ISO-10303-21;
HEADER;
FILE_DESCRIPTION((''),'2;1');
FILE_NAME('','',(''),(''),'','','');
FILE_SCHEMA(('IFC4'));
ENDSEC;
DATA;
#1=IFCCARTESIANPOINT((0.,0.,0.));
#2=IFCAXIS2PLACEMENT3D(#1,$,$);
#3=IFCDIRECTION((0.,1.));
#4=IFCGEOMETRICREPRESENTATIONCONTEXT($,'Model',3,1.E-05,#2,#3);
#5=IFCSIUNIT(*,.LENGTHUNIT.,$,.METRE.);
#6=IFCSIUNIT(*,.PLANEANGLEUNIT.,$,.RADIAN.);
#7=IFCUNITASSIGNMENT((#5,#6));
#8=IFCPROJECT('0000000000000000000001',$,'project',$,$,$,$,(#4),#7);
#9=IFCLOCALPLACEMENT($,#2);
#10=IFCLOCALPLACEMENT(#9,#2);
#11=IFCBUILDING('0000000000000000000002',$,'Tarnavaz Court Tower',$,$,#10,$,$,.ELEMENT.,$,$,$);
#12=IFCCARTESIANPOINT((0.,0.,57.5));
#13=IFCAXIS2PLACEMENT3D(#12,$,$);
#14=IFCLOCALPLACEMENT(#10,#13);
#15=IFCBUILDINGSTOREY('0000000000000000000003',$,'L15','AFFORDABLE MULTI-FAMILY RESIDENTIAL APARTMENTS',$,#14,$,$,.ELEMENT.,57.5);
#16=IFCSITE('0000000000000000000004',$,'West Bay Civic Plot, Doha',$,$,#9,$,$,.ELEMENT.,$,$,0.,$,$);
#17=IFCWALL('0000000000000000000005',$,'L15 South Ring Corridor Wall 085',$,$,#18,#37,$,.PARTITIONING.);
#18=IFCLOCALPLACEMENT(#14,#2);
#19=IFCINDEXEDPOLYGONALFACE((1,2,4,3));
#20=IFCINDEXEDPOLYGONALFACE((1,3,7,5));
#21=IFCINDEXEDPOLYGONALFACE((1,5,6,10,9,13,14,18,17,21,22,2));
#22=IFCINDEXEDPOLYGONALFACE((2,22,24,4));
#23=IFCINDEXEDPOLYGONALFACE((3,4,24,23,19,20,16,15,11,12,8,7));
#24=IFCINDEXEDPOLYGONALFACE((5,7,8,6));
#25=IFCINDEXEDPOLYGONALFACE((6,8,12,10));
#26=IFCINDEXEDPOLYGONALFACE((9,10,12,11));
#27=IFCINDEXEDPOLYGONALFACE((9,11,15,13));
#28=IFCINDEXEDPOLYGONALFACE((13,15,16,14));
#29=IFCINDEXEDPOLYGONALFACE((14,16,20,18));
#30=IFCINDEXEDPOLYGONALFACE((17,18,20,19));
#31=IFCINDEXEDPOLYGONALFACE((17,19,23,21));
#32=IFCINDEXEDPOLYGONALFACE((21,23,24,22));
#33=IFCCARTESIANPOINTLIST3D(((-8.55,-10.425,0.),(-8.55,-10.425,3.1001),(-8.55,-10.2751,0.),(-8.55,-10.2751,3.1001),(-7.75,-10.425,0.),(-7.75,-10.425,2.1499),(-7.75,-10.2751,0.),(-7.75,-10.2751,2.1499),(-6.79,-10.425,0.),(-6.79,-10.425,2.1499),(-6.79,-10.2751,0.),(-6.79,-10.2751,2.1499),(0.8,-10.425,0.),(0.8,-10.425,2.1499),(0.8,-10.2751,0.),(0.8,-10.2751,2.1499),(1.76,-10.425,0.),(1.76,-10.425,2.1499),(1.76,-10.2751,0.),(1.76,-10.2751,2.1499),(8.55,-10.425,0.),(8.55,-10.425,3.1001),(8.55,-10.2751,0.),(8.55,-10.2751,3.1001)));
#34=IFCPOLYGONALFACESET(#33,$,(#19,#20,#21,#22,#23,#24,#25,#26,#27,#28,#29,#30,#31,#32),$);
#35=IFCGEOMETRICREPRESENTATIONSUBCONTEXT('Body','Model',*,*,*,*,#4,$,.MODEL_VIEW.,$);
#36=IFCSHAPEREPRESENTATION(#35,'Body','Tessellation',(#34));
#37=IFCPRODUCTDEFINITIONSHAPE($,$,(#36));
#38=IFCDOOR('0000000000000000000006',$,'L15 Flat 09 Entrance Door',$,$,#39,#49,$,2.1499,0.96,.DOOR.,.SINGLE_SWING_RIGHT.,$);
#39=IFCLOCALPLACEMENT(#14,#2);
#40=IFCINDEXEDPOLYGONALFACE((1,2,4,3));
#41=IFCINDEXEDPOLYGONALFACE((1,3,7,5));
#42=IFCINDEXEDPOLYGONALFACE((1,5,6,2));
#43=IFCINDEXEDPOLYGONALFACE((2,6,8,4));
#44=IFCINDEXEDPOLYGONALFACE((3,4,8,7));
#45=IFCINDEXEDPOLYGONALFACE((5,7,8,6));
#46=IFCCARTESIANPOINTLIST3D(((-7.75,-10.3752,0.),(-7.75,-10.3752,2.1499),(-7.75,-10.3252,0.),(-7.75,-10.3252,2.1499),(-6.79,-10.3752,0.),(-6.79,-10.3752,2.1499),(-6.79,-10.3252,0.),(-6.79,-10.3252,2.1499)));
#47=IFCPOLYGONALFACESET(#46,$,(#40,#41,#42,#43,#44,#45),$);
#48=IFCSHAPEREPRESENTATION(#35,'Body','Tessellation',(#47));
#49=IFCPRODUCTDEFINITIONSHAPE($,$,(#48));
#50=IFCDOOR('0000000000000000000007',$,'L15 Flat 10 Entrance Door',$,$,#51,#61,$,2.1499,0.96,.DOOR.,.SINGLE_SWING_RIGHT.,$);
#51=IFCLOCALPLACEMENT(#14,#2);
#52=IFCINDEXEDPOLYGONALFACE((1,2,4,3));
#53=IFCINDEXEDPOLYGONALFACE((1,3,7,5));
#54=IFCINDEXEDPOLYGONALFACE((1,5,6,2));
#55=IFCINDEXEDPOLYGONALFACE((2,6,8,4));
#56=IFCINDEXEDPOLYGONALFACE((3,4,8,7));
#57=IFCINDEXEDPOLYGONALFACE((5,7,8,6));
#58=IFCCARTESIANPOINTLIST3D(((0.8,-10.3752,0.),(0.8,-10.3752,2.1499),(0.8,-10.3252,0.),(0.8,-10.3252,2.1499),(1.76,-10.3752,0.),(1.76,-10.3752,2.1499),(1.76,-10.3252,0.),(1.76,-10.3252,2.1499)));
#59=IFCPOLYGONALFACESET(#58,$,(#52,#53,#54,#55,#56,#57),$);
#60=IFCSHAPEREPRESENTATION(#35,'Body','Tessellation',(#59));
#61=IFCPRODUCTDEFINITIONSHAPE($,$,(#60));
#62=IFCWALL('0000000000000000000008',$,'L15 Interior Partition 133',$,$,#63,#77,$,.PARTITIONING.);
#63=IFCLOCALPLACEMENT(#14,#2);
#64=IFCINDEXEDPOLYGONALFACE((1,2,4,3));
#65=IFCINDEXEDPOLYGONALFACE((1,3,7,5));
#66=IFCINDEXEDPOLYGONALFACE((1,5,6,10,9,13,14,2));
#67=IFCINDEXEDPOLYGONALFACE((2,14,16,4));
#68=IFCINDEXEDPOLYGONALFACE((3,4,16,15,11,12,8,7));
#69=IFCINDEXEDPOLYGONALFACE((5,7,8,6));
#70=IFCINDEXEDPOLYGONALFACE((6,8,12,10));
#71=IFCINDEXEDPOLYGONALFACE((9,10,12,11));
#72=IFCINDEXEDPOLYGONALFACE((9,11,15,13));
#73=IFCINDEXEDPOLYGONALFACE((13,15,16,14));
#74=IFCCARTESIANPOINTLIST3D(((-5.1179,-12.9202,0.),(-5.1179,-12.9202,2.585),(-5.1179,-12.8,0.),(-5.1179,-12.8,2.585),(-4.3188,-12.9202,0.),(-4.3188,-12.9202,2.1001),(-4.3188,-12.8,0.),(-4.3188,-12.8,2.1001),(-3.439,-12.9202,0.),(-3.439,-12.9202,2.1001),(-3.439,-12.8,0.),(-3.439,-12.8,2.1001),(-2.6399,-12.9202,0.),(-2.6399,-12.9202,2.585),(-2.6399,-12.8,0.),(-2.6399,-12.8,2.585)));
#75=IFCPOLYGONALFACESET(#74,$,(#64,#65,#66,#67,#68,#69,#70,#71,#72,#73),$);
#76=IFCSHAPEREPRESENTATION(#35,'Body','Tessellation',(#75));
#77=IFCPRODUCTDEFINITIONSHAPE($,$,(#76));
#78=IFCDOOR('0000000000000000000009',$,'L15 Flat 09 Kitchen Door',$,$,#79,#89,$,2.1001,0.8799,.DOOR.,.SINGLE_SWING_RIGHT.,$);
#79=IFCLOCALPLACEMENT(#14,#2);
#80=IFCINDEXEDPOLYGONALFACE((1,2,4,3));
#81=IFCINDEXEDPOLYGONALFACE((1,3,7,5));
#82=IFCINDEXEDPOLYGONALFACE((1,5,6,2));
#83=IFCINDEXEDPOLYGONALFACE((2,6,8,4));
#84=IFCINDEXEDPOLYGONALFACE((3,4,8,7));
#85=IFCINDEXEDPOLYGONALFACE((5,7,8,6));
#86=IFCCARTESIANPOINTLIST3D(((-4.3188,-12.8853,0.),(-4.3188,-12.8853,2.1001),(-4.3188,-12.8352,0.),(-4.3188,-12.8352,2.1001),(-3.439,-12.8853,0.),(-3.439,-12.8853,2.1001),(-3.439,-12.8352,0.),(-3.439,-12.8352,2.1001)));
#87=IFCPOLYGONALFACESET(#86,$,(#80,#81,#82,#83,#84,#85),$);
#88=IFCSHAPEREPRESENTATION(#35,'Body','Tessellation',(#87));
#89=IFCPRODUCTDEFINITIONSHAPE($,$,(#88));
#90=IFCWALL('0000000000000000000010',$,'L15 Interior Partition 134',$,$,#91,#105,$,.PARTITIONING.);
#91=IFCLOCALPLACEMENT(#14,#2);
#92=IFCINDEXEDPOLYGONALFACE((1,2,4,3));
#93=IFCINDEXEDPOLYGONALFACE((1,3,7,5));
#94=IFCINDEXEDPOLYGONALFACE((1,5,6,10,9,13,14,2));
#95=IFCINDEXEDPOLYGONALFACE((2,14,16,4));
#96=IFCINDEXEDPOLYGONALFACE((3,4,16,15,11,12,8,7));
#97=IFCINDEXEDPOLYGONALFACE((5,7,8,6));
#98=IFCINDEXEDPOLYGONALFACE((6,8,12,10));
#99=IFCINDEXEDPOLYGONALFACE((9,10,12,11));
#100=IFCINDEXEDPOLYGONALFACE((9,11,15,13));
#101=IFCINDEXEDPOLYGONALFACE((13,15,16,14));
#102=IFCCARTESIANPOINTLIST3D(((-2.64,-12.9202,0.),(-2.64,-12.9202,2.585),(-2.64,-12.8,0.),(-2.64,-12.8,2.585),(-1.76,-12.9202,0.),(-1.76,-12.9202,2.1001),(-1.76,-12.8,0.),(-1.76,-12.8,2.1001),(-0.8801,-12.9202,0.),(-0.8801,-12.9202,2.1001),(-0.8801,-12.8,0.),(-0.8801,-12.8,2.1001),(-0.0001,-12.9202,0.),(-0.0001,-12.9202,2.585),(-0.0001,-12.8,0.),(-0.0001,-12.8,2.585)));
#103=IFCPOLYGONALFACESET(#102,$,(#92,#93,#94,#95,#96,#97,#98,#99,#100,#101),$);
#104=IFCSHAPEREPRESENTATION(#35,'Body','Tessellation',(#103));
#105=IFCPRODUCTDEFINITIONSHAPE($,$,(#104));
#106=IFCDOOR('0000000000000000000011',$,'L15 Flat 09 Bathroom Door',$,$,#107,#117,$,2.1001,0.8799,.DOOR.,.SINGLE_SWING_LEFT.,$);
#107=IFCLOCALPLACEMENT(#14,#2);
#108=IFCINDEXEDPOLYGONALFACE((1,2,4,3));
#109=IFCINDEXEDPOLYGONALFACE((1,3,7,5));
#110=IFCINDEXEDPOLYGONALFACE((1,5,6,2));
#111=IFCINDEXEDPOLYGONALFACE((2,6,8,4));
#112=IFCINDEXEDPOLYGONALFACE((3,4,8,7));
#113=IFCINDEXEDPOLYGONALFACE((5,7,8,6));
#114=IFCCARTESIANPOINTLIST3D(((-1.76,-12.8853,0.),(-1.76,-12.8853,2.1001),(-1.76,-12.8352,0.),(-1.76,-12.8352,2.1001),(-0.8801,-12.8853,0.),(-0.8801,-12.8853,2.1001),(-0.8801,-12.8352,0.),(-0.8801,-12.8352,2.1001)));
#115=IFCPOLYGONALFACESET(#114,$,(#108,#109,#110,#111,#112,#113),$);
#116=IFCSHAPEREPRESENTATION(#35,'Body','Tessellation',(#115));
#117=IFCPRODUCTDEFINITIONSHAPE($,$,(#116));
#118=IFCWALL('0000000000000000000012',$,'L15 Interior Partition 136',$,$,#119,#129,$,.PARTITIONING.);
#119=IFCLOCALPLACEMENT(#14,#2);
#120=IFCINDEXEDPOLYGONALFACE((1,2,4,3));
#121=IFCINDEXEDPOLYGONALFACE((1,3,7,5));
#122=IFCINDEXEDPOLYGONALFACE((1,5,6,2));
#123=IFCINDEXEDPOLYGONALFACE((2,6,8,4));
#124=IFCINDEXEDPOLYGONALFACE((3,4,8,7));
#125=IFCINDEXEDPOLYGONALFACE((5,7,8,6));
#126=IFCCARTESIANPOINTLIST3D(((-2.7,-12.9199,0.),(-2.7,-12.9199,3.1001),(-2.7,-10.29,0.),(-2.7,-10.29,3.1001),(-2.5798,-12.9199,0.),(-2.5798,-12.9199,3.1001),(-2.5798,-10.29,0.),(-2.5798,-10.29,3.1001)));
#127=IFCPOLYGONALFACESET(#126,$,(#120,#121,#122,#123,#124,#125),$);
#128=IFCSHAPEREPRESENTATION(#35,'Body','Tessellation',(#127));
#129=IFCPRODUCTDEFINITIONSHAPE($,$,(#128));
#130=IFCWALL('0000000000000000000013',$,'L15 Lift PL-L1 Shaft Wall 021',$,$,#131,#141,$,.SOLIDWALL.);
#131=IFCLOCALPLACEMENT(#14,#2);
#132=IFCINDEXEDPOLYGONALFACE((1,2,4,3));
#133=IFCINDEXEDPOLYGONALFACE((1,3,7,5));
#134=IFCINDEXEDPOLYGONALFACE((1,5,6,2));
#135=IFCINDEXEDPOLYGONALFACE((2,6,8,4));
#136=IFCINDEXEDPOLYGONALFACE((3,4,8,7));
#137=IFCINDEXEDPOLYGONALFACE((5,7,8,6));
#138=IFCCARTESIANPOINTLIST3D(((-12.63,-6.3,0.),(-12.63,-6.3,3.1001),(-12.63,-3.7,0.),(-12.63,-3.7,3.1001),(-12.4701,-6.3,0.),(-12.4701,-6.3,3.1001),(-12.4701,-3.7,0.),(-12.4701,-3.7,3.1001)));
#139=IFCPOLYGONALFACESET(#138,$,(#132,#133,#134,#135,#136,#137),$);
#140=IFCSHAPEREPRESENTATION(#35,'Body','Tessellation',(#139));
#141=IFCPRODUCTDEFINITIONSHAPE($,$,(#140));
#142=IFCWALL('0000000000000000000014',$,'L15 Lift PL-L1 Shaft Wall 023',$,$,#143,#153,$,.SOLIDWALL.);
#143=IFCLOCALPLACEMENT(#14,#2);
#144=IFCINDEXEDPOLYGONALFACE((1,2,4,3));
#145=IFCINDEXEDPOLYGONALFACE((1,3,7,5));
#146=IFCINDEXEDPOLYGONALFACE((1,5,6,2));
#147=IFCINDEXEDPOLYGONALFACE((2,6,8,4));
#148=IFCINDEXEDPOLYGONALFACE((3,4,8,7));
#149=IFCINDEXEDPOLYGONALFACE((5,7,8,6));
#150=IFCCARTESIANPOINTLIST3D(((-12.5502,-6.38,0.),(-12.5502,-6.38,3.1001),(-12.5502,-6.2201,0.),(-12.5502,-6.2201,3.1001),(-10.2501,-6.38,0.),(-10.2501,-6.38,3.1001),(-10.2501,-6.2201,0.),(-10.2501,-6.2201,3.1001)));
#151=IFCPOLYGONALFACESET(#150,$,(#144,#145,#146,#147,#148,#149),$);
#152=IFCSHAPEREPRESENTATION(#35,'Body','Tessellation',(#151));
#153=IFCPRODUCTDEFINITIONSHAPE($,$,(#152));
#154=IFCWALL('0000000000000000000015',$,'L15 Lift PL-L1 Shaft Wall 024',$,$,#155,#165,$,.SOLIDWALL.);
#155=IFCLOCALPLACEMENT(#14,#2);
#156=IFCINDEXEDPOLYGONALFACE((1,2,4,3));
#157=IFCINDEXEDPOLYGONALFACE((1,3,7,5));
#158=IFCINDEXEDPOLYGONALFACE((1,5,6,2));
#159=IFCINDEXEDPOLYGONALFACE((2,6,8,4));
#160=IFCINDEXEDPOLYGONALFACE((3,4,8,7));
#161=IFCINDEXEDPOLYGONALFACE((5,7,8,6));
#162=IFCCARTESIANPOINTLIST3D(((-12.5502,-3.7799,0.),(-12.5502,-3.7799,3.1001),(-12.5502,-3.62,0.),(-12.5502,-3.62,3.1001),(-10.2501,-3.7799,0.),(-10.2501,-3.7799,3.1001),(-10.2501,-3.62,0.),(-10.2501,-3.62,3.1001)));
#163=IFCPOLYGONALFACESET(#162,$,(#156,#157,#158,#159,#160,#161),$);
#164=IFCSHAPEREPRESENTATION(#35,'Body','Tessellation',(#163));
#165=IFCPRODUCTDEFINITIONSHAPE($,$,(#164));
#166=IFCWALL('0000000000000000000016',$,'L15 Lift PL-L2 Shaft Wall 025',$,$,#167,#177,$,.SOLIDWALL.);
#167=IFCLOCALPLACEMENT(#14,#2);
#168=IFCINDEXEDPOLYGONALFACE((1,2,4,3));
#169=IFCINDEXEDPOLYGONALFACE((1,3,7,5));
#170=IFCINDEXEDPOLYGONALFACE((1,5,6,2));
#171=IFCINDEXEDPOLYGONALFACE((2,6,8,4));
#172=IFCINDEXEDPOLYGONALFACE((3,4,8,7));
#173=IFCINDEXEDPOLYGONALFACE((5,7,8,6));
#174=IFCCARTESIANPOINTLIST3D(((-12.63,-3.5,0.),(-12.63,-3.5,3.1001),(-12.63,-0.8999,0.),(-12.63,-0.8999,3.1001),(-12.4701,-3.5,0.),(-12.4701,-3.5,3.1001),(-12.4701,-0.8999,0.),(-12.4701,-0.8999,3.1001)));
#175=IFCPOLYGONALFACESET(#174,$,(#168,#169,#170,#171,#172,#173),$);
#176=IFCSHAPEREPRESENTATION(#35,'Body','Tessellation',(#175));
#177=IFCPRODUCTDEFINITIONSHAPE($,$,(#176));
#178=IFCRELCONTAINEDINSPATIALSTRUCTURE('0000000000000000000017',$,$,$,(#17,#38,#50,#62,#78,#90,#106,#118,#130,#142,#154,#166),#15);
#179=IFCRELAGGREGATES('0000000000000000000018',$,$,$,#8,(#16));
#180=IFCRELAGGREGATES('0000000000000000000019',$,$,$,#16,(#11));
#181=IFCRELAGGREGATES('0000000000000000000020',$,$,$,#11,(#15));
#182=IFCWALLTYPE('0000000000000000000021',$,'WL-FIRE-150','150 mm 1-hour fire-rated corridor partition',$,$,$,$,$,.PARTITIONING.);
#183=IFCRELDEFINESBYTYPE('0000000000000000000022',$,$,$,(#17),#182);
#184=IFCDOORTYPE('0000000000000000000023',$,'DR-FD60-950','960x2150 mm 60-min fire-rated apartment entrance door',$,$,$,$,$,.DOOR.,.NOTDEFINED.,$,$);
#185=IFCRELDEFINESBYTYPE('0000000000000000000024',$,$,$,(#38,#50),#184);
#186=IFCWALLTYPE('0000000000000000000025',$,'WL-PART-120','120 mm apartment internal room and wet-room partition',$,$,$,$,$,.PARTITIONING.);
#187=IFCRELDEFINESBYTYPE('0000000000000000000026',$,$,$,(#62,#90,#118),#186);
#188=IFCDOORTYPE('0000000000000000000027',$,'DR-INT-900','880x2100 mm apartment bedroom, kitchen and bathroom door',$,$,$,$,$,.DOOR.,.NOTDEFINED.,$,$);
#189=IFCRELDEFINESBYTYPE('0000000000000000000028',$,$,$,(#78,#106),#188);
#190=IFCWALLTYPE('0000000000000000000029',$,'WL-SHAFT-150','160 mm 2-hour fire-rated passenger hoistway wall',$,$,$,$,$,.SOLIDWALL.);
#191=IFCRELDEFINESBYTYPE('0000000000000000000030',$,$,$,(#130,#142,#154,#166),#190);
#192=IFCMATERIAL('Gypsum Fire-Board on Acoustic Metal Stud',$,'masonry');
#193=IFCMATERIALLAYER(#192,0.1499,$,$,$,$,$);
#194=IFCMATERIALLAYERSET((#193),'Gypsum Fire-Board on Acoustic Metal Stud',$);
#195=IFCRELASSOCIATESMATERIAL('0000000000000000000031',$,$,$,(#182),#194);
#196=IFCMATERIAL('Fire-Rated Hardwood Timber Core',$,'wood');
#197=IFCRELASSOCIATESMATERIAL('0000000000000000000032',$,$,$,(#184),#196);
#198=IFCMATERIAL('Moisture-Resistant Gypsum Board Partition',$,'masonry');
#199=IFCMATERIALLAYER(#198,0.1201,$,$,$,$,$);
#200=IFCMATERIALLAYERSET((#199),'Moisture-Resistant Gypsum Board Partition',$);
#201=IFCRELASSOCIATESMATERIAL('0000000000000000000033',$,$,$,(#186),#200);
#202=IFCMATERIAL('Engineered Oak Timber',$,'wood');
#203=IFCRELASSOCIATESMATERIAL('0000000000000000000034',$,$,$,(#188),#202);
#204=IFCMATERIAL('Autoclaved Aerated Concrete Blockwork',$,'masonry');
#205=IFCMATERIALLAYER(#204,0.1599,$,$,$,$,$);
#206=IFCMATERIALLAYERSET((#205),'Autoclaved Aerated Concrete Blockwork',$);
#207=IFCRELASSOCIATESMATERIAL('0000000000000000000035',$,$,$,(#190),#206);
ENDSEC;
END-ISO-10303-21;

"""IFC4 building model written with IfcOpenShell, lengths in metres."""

from ifc_helpers import new_model, si_unit, direction, frame, frame_2d, origin, place, context, subcontext, project, spatial, rectangle, extrude, material, layer, layer_set, type_object, element, fill, save


model = new_model("IFC4")

# Units and contexts
model_context = context("Model", 3, precision=1e-05, world=origin(), true_north=direction((0.0, 1.0)))
body_context = subcontext(model_context, "Body", "Model", "MODEL_VIEW")
ifc_project = project(units=[si_unit("LENGTHUNIT", "METRE"), si_unit("PLANEANGLEUNIT", "RADIAN")], contexts=[model_context])

# Site, building, storey
site_placement = place(None, origin())
site = spatial("IfcSite", under=ifc_project, at=site_placement, Name="West Bay Civic Plot, Doha", CompositionType="ELEMENT", RefElevation=0.0)
building_placement = place(site_placement, origin())
building = spatial("IfcBuilding", under=site, at=building_placement, Name="Tarnavaz Court Tower", CompositionType="ELEMENT")
storey_placement = place(building_placement, frame((0.0, 0.0, 57.5)))
storey = spatial("IfcBuildingStorey", under=building, at=storey_placement, Name="L15", Description="AFFORDABLE MULTI-FAMILY RESIDENTIAL APARTMENTS", CompositionType="ELEMENT", Elevation=57.5)

# Wall, openings, doors
ifc_material_1 = material(Name="Gypsum Fire-Board on Acoustic Metal Stud", Category="masonry")
ifc_layer_1 = layer(ifc_material_1, 0.1499)
ifc_layer_set_1 = layer_set([ifc_layer_1], Name="Gypsum Fire-Board on Acoustic Metal Stud")
wall_type_1 = type_object("IfcWallType", Name="WL-FIRE-150", Description="150 mm 1-hour fire-rated corridor partition", PredefinedType="PARTITIONING", material=ifc_layer_set_1)
wall_1_placement = place(storey_placement, frame((-8.55, -10.3501, 0.0), z_axis=(0.0, 0.0, 1.0), x_axis=(1.0, 0.0, 0.0)))
wall_1 = element("IfcWall", 1, at=wall_1_placement, inside=storey, type_object=wall_type_1, Name="L15 South Ring Corridor Wall 085", PredefinedType="PARTITIONING", context=body_context, shape_type="SweptSolid", body=[
    extrude(rectangle(XDim=17.1001, YDim=0.1499, at=frame_2d((8.55, 0.0))), origin(), (0.0, 0.0, 1.0), 3.1001),
])
opening_1_placement = place(wall_1_placement, frame((0.8, 0.0, 0.0)))
opening_1 = element("IfcOpeningElement", 2, at=opening_1_placement, cuts=wall_1, PredefinedType="OPENING", context=body_context, shape_type="SweptSolid", body=[
    extrude(rectangle(XDim=0.96, YDim=2.1499, at=frame_2d((0.48, 1.075))), frame((0.0, 0.085, 0.0), z_axis=(0.0, -1.0, 0.0), x_axis=(1.0, 0.0, 0.0)), (0.0, 0.0, 1.0), 0.1699),
])
opening_2_placement = place(wall_1_placement, frame((9.3501, 0.0, 0.0)))
opening_2 = element("IfcOpeningElement", 3, at=opening_2_placement, cuts=wall_1, PredefinedType="OPENING", context=body_context, shape_type="SweptSolid", body=[
    extrude(rectangle(XDim=0.96, YDim=2.1499, at=frame_2d((0.48, 1.075))), frame((0.0, 0.085, 0.0), z_axis=(0.0, -1.0, 0.0), x_axis=(1.0, 0.0, 0.0)), (0.0, 0.0, 1.0), 0.1699),
])
ifc_material_2 = material(Name="Fire-Rated Hardwood Timber Core", Category="wood")
door_type_1 = type_object("IfcDoorType", Name="DR-FD60-950", Description="960x2150 mm 60-min fire-rated apartment entrance door", OperationType="NOTDEFINED", PredefinedType="DOOR", material=ifc_material_2)
door_1_placement = place(opening_1_placement, origin())
door_1 = element("IfcDoor", 4, at=door_1_placement, inside=storey, type_object=door_type_1, Name="L15 Flat 09 Entrance Door", OperationType="SINGLE_SWING_RIGHT", OverallHeight=2.1499, OverallWidth=0.96, PredefinedType="DOOR", context=body_context, shape_type="SweptSolid", body=[
    extrude(rectangle(XDim=0.96, YDim=2.1499, at=frame_2d((0.48, 1.075))), frame((0.0, 0.0249, 0.0), z_axis=(0.0, -1.0, 0.0), x_axis=(1.0, 0.0, 0.0)), (0.0, 0.0, 1.0), 0.05),
])
fill(opening_1, door_1)
door_2_placement = place(opening_2_placement, origin())
door_2 = element("IfcDoor", 5, at=door_2_placement, inside=storey, type_object=door_type_1, Name="L15 Flat 10 Entrance Door", OperationType="SINGLE_SWING_RIGHT", OverallHeight=2.1499, OverallWidth=0.96, PredefinedType="DOOR", context=body_context, shape_type="SweptSolid", body=[
    extrude(rectangle(XDim=0.96, YDim=2.1499, at=frame_2d((0.48, 1.075))), frame((0.0, 0.0249, 0.0), z_axis=(0.0, -1.0, 0.0), x_axis=(1.0, 0.0, 0.0)), (0.0, 0.0, 1.0), 0.05),
])
fill(opening_2, door_2)

# Walls, openings, doors
ifc_material_3 = material(Name="Moisture-Resistant Gypsum Board Partition", Category="masonry")
ifc_layer_2 = layer(ifc_material_3, 0.1201)
ifc_layer_set_2 = layer_set([ifc_layer_2], Name="Moisture-Resistant Gypsum Board Partition")
wall_type_2 = type_object("IfcWallType", Name="WL-PART-120", Description="120 mm apartment internal room and wet-room partition", PredefinedType="PARTITIONING", material=ifc_layer_set_2)
wall_2_placement = place(storey_placement, frame((-5.1179, -12.8601, 0.0), z_axis=(0.0, 0.0, 1.0), x_axis=(1.0, 0.0, 0.0)))
wall_2 = element("IfcWall", 6, at=wall_2_placement, inside=storey, type_object=wall_type_2, Name="L15 Interior Partition 133", PredefinedType="PARTITIONING", context=body_context, shape_type="SweptSolid", body=[
    extrude(rectangle(XDim=2.478, YDim=0.1201, at=frame_2d((1.239, 0.0))), origin(), (0.0, 0.0, 1.0), 2.585),
])
opening_3_placement = place(wall_2_placement, frame((0.7991, 0.0, 0.0)))
opening_3 = element("IfcOpeningElement", 7, at=opening_3_placement, cuts=wall_2, PredefinedType="OPENING", context=body_context, shape_type="SweptSolid", body=[
    extrude(rectangle(XDim=0.8799, YDim=2.1001, at=frame_2d((0.4399, 1.05))), frame((0.0, 0.0701, 0.0), z_axis=(0.0, -1.0, 0.0), x_axis=(1.0, 0.0, 0.0)), (0.0, 0.0, 1.0), 0.1401),
])
ifc_material_4 = material(Name="Engineered Oak Timber", Category="wood")
door_type_2 = type_object("IfcDoorType", Name="DR-INT-900", Description="880x2100 mm apartment bedroom, kitchen and bathroom door", OperationType="NOTDEFINED", PredefinedType="DOOR", material=ifc_material_4)
door_3_placement = place(opening_3_placement, origin())
door_3 = element("IfcDoor", 8, at=door_3_placement, inside=storey, type_object=door_type_2, Name="L15 Flat 09 Kitchen Door", OperationType="SINGLE_SWING_RIGHT", OverallHeight=2.1001, OverallWidth=0.8799, PredefinedType="DOOR", context=body_context, shape_type="SweptSolid", body=[
    extrude(rectangle(XDim=0.8799, YDim=2.1001, at=frame_2d((0.4399, 1.05))), frame((0.0, 0.0249, 0.0), z_axis=(0.0, -1.0, 0.0), x_axis=(1.0, 0.0, 0.0)), (0.0, 0.0, 1.0), 0.05),
])
fill(opening_3, door_3)
wall_3_placement = place(storey_placement, frame((-2.6399, -12.8601, 0.0), z_axis=(0.0, 0.0, 1.0), x_axis=(1.0, 0.0, 0.0)))
wall_3 = element("IfcWall", 9, at=wall_3_placement, inside=storey, type_object=wall_type_2, Name="L15 Interior Partition 134", PredefinedType="PARTITIONING", context=body_context, shape_type="SweptSolid", body=[
    extrude(rectangle(XDim=2.6399, YDim=0.1201, at=frame_2d((1.3198, 0.0))), origin(), (0.0, 0.0, 1.0), 2.585),
])
opening_4_placement = place(wall_3_placement, frame((0.8799, 0.0, 0.0)))
opening_4 = element("IfcOpeningElement", 10, at=opening_4_placement, cuts=wall_3, PredefinedType="OPENING", context=body_context, shape_type="SweptSolid", body=[
    extrude(rectangle(XDim=0.8799, YDim=2.1001, at=frame_2d((0.4399, 1.05))), frame((0.0, 0.0701, 0.0), z_axis=(0.0, -1.0, 0.0), x_axis=(1.0, 0.0, 0.0)), (0.0, 0.0, 1.0), 0.1401),
])
door_4_placement = place(opening_4_placement, origin())
door_4 = element("IfcDoor", 11, at=door_4_placement, inside=storey, type_object=door_type_2, Name="L15 Flat 09 Bathroom Door", OperationType="SINGLE_SWING_LEFT", OverallHeight=2.1001, OverallWidth=0.8799, PredefinedType="DOOR", context=body_context, shape_type="SweptSolid", body=[
    extrude(rectangle(XDim=0.8799, YDim=2.1001, at=frame_2d((0.4399, 1.05))), frame((0.0, 0.0249, 0.0), z_axis=(0.0, -1.0, 0.0), x_axis=(1.0, 0.0, 0.0)), (0.0, 0.0, 1.0), 0.05),
])
fill(opening_4, door_4)

# Walls
wall_4_placement = place(storey_placement, frame((-2.6399, -12.9199, 0.0), z_axis=(0.0, 0.0, 1.0), x_axis=(0.0, 1.0, 0.0)))
element("IfcWall", 12, at=wall_4_placement, inside=storey, type_object=wall_type_2, Name="L15 Interior Partition 136", PredefinedType="PARTITIONING", context=body_context, shape_type="SweptSolid", body=[
    extrude(rectangle(XDim=2.6299, YDim=0.1201, at=frame_2d((1.3149, 0.0))), origin(), (0.0, 0.0, 1.0), 3.1001),
])
ifc_material_5 = material(Name="Autoclaved Aerated Concrete Blockwork", Category="masonry")
ifc_layer_3 = layer(ifc_material_5, 0.1599)
ifc_layer_set_3 = layer_set([ifc_layer_3], Name="Autoclaved Aerated Concrete Blockwork")
wall_type_3 = type_object("IfcWallType", Name="WL-SHAFT-150", Description="160 mm 2-hour fire-rated passenger hoistway wall", PredefinedType="SOLIDWALL", material=ifc_layer_set_3)
wall_5_placement = place(storey_placement, frame((-12.55, -6.3, 0.0), z_axis=(0.0, 0.0, 1.0), x_axis=(0.0, 1.0, 0.0)))
element("IfcWall", 13, at=wall_5_placement, inside=storey, type_object=wall_type_3, Name="L15 Lift PL-L1 Shaft Wall 021", PredefinedType="SOLIDWALL", context=body_context, shape_type="SweptSolid", body=[
    extrude(rectangle(XDim=2.6001, YDim=0.1599, at=frame_2d((1.3, 0.0))), origin(), (0.0, 0.0, 1.0), 3.1001),
])

# Walls
for number, where, z_axis, x_axis, name in (
    (14, (-12.55, -6.3, 0.0), (0.0, 0.0, 1.0), (1.0, 0.0, 0.0), "L15 Lift PL-L1 Shaft Wall 023"),
    (15, (-12.55, -3.7, 0.0), (0.0, 0.0, 1.0), (1.0, 0.0, 0.0), "L15 Lift PL-L1 Shaft Wall 024"),
):
    element("IfcWall", number, at=place(storey_placement, frame(where, z_axis=z_axis, x_axis=x_axis)), inside=storey, type_object=wall_type_3, Name=name, PredefinedType="SOLIDWALL", context=body_context, shape_type="SweptSolid", body=[
        extrude(rectangle(XDim=2.3, YDim=0.1599, at=frame_2d((1.1499, 0.0))), origin(), (0.0, 0.0, 1.0), 3.1001),
    ])
wall_6_placement = place(storey_placement, frame((-12.55, -3.5, 0.0), z_axis=(0.0, 0.0, 1.0), x_axis=(0.0, 1.0, 0.0)))
element("IfcWall", 16, at=wall_6_placement, inside=storey, type_object=wall_type_3, Name="L15 Lift PL-L2 Shaft Wall 025", PredefinedType="SOLIDWALL", context=body_context, shape_type="SweptSolid", body=[
    extrude(rectangle(XDim=2.6001, YDim=0.1599, at=frame_2d((1.3, 0.0))), origin(), (0.0, 0.0, 1.0), 3.1001),
])

save(model, "model.ifc")
